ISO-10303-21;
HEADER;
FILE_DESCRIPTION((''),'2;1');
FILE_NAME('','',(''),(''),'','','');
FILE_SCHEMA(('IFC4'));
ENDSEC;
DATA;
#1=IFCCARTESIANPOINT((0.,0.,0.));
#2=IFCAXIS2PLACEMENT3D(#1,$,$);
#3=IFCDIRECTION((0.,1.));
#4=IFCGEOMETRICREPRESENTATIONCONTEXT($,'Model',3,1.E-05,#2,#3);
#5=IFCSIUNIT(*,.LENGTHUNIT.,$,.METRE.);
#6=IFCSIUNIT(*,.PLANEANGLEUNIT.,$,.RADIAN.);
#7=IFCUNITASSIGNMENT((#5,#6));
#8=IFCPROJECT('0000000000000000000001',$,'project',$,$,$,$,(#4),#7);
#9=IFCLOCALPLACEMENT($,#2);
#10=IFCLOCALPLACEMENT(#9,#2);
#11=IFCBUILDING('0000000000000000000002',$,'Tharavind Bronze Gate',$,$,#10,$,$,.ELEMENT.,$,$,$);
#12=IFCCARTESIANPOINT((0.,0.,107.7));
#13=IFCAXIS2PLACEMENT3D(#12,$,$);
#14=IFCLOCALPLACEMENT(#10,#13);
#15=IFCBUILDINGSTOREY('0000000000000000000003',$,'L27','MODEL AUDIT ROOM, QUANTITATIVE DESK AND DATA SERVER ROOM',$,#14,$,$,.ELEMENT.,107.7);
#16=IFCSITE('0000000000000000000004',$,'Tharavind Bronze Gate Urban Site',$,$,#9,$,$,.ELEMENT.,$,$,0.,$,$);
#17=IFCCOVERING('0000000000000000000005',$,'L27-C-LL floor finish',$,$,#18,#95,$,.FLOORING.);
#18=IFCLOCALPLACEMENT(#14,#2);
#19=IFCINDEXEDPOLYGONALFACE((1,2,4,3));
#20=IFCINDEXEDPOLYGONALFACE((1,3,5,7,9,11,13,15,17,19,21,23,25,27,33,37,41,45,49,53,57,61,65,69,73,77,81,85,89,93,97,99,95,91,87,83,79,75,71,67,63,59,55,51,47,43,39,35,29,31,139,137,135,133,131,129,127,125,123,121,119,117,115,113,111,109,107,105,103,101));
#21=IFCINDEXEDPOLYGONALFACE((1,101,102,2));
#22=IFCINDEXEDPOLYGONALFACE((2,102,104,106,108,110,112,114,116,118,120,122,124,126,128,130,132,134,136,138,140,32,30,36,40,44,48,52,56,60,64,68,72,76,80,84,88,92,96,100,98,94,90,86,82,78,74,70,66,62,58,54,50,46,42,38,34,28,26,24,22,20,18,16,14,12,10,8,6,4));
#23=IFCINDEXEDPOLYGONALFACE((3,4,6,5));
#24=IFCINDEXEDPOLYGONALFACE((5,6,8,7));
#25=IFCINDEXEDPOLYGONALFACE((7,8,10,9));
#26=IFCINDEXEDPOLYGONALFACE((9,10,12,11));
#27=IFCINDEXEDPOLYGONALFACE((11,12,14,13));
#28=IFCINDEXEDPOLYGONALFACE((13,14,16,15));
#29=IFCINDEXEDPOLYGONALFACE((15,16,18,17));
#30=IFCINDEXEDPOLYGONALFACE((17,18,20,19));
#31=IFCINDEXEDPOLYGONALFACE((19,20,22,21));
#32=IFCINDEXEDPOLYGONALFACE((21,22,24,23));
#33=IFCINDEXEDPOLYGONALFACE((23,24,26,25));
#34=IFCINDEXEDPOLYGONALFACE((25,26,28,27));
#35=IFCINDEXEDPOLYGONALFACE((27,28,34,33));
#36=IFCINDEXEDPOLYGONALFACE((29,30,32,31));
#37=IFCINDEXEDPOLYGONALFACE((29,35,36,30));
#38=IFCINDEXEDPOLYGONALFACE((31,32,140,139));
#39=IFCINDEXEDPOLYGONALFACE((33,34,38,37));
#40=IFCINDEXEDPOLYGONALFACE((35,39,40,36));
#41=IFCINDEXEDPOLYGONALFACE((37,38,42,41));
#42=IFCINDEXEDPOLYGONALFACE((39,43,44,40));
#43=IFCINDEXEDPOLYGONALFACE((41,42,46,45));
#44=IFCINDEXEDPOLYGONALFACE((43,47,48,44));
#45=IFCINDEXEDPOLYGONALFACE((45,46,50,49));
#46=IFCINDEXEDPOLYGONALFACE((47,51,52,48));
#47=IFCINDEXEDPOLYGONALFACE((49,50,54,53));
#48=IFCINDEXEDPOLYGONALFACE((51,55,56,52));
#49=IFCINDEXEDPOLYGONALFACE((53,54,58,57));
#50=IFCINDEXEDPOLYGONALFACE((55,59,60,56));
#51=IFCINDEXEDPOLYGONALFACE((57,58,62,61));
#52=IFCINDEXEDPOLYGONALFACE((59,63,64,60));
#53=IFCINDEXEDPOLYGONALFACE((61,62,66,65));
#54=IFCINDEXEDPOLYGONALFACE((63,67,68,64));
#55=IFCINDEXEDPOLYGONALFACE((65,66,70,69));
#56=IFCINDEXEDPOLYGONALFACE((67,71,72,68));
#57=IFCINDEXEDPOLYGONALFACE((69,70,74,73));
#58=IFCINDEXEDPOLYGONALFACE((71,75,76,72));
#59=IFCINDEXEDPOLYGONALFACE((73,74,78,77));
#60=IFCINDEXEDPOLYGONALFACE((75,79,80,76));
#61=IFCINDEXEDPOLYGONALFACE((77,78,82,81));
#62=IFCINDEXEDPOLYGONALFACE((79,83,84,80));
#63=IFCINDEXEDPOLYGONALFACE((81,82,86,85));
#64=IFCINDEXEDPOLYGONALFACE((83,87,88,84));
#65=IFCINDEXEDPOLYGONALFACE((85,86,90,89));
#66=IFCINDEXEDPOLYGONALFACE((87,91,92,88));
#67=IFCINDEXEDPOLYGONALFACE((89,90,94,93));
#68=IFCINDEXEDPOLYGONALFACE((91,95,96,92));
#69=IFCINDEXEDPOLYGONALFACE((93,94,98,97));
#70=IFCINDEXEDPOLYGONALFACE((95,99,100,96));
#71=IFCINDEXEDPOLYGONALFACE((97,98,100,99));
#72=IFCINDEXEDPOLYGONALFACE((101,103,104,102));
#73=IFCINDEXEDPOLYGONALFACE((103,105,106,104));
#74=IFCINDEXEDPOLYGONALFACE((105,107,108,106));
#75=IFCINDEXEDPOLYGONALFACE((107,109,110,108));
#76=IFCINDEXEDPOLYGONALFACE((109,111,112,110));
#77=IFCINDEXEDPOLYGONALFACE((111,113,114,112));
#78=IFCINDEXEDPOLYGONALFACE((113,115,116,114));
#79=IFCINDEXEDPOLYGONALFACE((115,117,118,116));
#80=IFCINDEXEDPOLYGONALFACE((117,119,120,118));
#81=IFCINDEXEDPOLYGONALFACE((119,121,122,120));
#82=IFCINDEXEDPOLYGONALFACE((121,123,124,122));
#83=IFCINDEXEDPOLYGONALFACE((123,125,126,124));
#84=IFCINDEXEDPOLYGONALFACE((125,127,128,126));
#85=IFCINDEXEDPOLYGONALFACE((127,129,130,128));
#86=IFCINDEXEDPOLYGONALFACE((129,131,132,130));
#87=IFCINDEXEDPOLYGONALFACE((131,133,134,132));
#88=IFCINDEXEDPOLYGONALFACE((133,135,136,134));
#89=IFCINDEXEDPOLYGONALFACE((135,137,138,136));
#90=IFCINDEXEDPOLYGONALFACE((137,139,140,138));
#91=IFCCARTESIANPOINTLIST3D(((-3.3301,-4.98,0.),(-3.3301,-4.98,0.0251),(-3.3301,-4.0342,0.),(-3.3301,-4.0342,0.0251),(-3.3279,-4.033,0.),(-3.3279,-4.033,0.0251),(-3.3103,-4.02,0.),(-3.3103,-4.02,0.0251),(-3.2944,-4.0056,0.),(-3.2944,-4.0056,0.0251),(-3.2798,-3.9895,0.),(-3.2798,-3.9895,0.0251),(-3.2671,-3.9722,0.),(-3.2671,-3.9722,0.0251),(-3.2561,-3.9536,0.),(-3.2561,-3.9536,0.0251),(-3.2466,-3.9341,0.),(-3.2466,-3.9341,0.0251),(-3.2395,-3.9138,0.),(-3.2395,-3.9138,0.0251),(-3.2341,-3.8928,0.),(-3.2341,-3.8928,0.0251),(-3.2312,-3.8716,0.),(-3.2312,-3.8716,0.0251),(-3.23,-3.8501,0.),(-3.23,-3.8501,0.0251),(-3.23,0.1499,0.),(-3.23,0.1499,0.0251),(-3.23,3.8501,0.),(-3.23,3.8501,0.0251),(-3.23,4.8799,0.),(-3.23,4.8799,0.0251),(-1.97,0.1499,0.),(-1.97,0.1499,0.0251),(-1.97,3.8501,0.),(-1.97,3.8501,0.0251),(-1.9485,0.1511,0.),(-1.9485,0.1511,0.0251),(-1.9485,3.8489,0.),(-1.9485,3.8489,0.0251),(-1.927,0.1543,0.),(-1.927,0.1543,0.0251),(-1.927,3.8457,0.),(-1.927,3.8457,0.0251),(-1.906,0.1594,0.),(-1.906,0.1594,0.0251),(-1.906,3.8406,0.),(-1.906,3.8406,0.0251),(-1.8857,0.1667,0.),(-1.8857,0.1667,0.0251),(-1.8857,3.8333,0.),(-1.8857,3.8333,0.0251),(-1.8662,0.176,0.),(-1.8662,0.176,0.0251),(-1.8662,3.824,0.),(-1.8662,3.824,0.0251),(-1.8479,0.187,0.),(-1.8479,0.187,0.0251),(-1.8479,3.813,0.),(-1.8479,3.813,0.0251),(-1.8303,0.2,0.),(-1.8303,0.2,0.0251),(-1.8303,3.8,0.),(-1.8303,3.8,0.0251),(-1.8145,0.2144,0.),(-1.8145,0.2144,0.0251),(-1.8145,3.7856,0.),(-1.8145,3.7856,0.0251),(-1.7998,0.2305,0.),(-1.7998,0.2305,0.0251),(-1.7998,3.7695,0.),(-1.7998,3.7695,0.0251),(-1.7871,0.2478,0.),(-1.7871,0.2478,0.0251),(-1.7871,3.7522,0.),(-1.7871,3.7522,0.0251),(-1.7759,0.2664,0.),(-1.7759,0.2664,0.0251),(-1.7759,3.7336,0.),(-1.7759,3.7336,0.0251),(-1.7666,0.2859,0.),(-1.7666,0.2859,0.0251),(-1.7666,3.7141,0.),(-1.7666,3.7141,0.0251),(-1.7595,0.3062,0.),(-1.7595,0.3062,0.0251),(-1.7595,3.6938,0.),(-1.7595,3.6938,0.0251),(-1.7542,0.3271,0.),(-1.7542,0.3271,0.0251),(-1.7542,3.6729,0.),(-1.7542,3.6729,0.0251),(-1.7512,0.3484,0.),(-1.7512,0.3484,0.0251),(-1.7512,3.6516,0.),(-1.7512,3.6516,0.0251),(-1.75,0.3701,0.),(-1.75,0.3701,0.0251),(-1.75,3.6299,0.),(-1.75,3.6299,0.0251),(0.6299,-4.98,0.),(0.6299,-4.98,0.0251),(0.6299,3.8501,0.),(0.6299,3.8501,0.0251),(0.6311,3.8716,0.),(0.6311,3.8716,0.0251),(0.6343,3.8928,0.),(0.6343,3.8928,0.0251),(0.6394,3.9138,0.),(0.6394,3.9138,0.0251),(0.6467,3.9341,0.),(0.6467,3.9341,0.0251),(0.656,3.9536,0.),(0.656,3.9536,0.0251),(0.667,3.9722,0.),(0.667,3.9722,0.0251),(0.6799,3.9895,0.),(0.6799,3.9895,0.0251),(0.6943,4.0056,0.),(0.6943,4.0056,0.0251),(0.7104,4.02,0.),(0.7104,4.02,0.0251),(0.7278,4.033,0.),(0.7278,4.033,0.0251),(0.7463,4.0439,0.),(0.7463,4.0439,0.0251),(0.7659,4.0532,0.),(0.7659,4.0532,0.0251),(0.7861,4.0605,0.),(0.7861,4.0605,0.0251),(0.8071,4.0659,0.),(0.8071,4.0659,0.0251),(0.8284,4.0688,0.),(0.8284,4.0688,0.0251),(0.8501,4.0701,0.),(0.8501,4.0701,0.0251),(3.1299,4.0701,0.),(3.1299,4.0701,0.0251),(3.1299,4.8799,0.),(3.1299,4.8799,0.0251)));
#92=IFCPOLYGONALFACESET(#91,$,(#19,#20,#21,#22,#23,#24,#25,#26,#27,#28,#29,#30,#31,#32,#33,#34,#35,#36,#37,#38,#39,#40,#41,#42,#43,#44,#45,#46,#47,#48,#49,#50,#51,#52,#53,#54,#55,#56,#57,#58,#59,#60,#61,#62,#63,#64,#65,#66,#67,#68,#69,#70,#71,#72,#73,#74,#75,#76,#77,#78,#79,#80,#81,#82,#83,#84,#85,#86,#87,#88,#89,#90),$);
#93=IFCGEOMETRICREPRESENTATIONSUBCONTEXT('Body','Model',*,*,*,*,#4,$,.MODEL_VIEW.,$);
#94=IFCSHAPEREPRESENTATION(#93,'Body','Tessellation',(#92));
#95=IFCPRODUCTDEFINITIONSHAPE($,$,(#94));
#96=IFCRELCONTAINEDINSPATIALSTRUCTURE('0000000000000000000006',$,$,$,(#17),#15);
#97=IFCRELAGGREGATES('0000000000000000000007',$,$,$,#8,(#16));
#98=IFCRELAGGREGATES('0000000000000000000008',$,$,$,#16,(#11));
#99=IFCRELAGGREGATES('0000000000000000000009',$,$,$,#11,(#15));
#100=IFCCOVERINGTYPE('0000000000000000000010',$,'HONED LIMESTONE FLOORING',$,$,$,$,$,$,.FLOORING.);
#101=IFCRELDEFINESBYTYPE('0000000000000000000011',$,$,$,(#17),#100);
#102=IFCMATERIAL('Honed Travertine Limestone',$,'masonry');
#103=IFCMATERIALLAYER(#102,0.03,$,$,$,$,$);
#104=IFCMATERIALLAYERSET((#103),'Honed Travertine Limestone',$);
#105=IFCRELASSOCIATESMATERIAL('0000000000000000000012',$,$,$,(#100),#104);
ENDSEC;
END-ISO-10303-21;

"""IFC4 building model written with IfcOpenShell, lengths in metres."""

from ifc_helpers import new_model, si_unit, direction, frame, origin, place, context, subcontext, project, spatial, polyline, outline, extrude, material, layer, layer_set, type_object, element, save


model = new_model("IFC4")

# Units and contexts
model_context = context("Model", 3, precision=1e-05, world=origin(), true_north=direction((0.0, 1.0)))
body_context = subcontext(model_context, "Body", "Model", "MODEL_VIEW")
ifc_project = project(units=[si_unit("LENGTHUNIT", "METRE"), si_unit("PLANEANGLEUNIT", "RADIAN")], contexts=[model_context])

# Site, building, storey
site_placement = place(None, origin())
site = spatial("IfcSite", under=ifc_project, at=site_placement, Name="Tharavind Bronze Gate Urban Site", CompositionType="ELEMENT", RefElevation=0.0)
building_placement = place(site_placement, origin())
building = spatial("IfcBuilding", under=site, at=building_placement, Name="Tharavind Bronze Gate", CompositionType="ELEMENT")
storey_placement = place(building_placement, frame((0.0, 0.0, 107.7)))
storey = spatial("IfcBuildingStorey", under=building, at=storey_placement, Name="L27", Description="MODEL AUDIT ROOM, QUANTITATIVE DESK AND DATA SERVER ROOM", CompositionType="ELEMENT", Elevation=107.7)

# Covering
ifc_material_1 = material(Name="Honed Travertine Limestone", Category="masonry")
ifc_layer_1 = layer(ifc_material_1, 0.03)
ifc_layer_set_1 = layer_set([ifc_layer_1], Name="Honed Travertine Limestone")
covering_type_1 = type_object("IfcCoveringType", Name="HONED LIMESTONE FLOORING", PredefinedType="FLOORING", material=ifc_layer_set_1)
covering_1_placement = place(storey_placement, origin())
element("IfcCovering", 1, at=covering_1_placement, inside=storey, type_object=covering_type_1, Name="L27-C-LL floor finish", PredefinedType="FLOORING", context=body_context, shape_type="SweptSolid", body=[
    extrude(outline(polyline([(-3.3301, -4.98), (0.6299, -4.98), (0.6299, 3.8501), (0.6311, 3.8716), (0.6343, 3.8928), (0.6394, 3.9138), (0.6467, 3.9341), (0.656, 3.9536), (0.667, 3.9722), (0.6799, 3.9895), (0.6943, 4.0056), (0.7104, 4.02), (0.7278, 4.033), (0.7463, 4.0439), (0.7659, 4.0532), (0.7861, 4.0605), (0.8071, 4.0659), (0.8284, 4.0688), (0.8501, 4.0701), (3.1299, 4.0701), (3.1299, 4.8799), (-3.23, 4.8799), (-3.23, 3.8501), (-1.97, 3.8501), (-1.9485, 3.8489), (-1.927, 3.8457), (-1.906, 3.8406), (-1.8857, 3.8333), (-1.8662, 3.824), (-1.8479, 3.813), (-1.8303, 3.8), (-1.8145, 3.7856), (-1.7998, 3.7695), (-1.7871, 3.7522), (-1.7759, 3.7336), (-1.7666, 3.7141), (-1.7595, 3.6938), (-1.7542, 3.6729), (-1.7512, 3.6516), (-1.75, 3.6299), (-1.75, 0.3701), (-1.7512, 0.3484), (-1.7542, 0.3271), (-1.7595, 0.3062), (-1.7666, 0.2859), (-1.7759, 0.2664), (-1.7871, 0.2478), (-1.7998, 0.2305), (-1.8145, 0.2144), (-1.8303, 0.2), (-1.8479, 0.187), (-1.8662, 0.176), (-1.8857, 0.1667), (-1.906, 0.1594), (-1.927, 0.1543), (-1.9485, 0.1511), (-1.97, 0.1499), (-3.23, 0.1499), (-3.23, -3.8501), (-3.2312, -3.8716), (-3.2341, -3.8928), (-3.2395, -3.9138), (-3.2466, -3.9341), (-3.2561, -3.9536), (-3.2671, -3.9722), (-3.2798, -3.9895), (-3.2944, -4.0056), (-3.3103, -4.02), (-3.3279, -4.033), (-3.3301, -4.0342), (-3.3301, -4.98)])), origin(), (0.0, 0.0, 1.0), 0.0251),
])

save(model, "model.ifc")
